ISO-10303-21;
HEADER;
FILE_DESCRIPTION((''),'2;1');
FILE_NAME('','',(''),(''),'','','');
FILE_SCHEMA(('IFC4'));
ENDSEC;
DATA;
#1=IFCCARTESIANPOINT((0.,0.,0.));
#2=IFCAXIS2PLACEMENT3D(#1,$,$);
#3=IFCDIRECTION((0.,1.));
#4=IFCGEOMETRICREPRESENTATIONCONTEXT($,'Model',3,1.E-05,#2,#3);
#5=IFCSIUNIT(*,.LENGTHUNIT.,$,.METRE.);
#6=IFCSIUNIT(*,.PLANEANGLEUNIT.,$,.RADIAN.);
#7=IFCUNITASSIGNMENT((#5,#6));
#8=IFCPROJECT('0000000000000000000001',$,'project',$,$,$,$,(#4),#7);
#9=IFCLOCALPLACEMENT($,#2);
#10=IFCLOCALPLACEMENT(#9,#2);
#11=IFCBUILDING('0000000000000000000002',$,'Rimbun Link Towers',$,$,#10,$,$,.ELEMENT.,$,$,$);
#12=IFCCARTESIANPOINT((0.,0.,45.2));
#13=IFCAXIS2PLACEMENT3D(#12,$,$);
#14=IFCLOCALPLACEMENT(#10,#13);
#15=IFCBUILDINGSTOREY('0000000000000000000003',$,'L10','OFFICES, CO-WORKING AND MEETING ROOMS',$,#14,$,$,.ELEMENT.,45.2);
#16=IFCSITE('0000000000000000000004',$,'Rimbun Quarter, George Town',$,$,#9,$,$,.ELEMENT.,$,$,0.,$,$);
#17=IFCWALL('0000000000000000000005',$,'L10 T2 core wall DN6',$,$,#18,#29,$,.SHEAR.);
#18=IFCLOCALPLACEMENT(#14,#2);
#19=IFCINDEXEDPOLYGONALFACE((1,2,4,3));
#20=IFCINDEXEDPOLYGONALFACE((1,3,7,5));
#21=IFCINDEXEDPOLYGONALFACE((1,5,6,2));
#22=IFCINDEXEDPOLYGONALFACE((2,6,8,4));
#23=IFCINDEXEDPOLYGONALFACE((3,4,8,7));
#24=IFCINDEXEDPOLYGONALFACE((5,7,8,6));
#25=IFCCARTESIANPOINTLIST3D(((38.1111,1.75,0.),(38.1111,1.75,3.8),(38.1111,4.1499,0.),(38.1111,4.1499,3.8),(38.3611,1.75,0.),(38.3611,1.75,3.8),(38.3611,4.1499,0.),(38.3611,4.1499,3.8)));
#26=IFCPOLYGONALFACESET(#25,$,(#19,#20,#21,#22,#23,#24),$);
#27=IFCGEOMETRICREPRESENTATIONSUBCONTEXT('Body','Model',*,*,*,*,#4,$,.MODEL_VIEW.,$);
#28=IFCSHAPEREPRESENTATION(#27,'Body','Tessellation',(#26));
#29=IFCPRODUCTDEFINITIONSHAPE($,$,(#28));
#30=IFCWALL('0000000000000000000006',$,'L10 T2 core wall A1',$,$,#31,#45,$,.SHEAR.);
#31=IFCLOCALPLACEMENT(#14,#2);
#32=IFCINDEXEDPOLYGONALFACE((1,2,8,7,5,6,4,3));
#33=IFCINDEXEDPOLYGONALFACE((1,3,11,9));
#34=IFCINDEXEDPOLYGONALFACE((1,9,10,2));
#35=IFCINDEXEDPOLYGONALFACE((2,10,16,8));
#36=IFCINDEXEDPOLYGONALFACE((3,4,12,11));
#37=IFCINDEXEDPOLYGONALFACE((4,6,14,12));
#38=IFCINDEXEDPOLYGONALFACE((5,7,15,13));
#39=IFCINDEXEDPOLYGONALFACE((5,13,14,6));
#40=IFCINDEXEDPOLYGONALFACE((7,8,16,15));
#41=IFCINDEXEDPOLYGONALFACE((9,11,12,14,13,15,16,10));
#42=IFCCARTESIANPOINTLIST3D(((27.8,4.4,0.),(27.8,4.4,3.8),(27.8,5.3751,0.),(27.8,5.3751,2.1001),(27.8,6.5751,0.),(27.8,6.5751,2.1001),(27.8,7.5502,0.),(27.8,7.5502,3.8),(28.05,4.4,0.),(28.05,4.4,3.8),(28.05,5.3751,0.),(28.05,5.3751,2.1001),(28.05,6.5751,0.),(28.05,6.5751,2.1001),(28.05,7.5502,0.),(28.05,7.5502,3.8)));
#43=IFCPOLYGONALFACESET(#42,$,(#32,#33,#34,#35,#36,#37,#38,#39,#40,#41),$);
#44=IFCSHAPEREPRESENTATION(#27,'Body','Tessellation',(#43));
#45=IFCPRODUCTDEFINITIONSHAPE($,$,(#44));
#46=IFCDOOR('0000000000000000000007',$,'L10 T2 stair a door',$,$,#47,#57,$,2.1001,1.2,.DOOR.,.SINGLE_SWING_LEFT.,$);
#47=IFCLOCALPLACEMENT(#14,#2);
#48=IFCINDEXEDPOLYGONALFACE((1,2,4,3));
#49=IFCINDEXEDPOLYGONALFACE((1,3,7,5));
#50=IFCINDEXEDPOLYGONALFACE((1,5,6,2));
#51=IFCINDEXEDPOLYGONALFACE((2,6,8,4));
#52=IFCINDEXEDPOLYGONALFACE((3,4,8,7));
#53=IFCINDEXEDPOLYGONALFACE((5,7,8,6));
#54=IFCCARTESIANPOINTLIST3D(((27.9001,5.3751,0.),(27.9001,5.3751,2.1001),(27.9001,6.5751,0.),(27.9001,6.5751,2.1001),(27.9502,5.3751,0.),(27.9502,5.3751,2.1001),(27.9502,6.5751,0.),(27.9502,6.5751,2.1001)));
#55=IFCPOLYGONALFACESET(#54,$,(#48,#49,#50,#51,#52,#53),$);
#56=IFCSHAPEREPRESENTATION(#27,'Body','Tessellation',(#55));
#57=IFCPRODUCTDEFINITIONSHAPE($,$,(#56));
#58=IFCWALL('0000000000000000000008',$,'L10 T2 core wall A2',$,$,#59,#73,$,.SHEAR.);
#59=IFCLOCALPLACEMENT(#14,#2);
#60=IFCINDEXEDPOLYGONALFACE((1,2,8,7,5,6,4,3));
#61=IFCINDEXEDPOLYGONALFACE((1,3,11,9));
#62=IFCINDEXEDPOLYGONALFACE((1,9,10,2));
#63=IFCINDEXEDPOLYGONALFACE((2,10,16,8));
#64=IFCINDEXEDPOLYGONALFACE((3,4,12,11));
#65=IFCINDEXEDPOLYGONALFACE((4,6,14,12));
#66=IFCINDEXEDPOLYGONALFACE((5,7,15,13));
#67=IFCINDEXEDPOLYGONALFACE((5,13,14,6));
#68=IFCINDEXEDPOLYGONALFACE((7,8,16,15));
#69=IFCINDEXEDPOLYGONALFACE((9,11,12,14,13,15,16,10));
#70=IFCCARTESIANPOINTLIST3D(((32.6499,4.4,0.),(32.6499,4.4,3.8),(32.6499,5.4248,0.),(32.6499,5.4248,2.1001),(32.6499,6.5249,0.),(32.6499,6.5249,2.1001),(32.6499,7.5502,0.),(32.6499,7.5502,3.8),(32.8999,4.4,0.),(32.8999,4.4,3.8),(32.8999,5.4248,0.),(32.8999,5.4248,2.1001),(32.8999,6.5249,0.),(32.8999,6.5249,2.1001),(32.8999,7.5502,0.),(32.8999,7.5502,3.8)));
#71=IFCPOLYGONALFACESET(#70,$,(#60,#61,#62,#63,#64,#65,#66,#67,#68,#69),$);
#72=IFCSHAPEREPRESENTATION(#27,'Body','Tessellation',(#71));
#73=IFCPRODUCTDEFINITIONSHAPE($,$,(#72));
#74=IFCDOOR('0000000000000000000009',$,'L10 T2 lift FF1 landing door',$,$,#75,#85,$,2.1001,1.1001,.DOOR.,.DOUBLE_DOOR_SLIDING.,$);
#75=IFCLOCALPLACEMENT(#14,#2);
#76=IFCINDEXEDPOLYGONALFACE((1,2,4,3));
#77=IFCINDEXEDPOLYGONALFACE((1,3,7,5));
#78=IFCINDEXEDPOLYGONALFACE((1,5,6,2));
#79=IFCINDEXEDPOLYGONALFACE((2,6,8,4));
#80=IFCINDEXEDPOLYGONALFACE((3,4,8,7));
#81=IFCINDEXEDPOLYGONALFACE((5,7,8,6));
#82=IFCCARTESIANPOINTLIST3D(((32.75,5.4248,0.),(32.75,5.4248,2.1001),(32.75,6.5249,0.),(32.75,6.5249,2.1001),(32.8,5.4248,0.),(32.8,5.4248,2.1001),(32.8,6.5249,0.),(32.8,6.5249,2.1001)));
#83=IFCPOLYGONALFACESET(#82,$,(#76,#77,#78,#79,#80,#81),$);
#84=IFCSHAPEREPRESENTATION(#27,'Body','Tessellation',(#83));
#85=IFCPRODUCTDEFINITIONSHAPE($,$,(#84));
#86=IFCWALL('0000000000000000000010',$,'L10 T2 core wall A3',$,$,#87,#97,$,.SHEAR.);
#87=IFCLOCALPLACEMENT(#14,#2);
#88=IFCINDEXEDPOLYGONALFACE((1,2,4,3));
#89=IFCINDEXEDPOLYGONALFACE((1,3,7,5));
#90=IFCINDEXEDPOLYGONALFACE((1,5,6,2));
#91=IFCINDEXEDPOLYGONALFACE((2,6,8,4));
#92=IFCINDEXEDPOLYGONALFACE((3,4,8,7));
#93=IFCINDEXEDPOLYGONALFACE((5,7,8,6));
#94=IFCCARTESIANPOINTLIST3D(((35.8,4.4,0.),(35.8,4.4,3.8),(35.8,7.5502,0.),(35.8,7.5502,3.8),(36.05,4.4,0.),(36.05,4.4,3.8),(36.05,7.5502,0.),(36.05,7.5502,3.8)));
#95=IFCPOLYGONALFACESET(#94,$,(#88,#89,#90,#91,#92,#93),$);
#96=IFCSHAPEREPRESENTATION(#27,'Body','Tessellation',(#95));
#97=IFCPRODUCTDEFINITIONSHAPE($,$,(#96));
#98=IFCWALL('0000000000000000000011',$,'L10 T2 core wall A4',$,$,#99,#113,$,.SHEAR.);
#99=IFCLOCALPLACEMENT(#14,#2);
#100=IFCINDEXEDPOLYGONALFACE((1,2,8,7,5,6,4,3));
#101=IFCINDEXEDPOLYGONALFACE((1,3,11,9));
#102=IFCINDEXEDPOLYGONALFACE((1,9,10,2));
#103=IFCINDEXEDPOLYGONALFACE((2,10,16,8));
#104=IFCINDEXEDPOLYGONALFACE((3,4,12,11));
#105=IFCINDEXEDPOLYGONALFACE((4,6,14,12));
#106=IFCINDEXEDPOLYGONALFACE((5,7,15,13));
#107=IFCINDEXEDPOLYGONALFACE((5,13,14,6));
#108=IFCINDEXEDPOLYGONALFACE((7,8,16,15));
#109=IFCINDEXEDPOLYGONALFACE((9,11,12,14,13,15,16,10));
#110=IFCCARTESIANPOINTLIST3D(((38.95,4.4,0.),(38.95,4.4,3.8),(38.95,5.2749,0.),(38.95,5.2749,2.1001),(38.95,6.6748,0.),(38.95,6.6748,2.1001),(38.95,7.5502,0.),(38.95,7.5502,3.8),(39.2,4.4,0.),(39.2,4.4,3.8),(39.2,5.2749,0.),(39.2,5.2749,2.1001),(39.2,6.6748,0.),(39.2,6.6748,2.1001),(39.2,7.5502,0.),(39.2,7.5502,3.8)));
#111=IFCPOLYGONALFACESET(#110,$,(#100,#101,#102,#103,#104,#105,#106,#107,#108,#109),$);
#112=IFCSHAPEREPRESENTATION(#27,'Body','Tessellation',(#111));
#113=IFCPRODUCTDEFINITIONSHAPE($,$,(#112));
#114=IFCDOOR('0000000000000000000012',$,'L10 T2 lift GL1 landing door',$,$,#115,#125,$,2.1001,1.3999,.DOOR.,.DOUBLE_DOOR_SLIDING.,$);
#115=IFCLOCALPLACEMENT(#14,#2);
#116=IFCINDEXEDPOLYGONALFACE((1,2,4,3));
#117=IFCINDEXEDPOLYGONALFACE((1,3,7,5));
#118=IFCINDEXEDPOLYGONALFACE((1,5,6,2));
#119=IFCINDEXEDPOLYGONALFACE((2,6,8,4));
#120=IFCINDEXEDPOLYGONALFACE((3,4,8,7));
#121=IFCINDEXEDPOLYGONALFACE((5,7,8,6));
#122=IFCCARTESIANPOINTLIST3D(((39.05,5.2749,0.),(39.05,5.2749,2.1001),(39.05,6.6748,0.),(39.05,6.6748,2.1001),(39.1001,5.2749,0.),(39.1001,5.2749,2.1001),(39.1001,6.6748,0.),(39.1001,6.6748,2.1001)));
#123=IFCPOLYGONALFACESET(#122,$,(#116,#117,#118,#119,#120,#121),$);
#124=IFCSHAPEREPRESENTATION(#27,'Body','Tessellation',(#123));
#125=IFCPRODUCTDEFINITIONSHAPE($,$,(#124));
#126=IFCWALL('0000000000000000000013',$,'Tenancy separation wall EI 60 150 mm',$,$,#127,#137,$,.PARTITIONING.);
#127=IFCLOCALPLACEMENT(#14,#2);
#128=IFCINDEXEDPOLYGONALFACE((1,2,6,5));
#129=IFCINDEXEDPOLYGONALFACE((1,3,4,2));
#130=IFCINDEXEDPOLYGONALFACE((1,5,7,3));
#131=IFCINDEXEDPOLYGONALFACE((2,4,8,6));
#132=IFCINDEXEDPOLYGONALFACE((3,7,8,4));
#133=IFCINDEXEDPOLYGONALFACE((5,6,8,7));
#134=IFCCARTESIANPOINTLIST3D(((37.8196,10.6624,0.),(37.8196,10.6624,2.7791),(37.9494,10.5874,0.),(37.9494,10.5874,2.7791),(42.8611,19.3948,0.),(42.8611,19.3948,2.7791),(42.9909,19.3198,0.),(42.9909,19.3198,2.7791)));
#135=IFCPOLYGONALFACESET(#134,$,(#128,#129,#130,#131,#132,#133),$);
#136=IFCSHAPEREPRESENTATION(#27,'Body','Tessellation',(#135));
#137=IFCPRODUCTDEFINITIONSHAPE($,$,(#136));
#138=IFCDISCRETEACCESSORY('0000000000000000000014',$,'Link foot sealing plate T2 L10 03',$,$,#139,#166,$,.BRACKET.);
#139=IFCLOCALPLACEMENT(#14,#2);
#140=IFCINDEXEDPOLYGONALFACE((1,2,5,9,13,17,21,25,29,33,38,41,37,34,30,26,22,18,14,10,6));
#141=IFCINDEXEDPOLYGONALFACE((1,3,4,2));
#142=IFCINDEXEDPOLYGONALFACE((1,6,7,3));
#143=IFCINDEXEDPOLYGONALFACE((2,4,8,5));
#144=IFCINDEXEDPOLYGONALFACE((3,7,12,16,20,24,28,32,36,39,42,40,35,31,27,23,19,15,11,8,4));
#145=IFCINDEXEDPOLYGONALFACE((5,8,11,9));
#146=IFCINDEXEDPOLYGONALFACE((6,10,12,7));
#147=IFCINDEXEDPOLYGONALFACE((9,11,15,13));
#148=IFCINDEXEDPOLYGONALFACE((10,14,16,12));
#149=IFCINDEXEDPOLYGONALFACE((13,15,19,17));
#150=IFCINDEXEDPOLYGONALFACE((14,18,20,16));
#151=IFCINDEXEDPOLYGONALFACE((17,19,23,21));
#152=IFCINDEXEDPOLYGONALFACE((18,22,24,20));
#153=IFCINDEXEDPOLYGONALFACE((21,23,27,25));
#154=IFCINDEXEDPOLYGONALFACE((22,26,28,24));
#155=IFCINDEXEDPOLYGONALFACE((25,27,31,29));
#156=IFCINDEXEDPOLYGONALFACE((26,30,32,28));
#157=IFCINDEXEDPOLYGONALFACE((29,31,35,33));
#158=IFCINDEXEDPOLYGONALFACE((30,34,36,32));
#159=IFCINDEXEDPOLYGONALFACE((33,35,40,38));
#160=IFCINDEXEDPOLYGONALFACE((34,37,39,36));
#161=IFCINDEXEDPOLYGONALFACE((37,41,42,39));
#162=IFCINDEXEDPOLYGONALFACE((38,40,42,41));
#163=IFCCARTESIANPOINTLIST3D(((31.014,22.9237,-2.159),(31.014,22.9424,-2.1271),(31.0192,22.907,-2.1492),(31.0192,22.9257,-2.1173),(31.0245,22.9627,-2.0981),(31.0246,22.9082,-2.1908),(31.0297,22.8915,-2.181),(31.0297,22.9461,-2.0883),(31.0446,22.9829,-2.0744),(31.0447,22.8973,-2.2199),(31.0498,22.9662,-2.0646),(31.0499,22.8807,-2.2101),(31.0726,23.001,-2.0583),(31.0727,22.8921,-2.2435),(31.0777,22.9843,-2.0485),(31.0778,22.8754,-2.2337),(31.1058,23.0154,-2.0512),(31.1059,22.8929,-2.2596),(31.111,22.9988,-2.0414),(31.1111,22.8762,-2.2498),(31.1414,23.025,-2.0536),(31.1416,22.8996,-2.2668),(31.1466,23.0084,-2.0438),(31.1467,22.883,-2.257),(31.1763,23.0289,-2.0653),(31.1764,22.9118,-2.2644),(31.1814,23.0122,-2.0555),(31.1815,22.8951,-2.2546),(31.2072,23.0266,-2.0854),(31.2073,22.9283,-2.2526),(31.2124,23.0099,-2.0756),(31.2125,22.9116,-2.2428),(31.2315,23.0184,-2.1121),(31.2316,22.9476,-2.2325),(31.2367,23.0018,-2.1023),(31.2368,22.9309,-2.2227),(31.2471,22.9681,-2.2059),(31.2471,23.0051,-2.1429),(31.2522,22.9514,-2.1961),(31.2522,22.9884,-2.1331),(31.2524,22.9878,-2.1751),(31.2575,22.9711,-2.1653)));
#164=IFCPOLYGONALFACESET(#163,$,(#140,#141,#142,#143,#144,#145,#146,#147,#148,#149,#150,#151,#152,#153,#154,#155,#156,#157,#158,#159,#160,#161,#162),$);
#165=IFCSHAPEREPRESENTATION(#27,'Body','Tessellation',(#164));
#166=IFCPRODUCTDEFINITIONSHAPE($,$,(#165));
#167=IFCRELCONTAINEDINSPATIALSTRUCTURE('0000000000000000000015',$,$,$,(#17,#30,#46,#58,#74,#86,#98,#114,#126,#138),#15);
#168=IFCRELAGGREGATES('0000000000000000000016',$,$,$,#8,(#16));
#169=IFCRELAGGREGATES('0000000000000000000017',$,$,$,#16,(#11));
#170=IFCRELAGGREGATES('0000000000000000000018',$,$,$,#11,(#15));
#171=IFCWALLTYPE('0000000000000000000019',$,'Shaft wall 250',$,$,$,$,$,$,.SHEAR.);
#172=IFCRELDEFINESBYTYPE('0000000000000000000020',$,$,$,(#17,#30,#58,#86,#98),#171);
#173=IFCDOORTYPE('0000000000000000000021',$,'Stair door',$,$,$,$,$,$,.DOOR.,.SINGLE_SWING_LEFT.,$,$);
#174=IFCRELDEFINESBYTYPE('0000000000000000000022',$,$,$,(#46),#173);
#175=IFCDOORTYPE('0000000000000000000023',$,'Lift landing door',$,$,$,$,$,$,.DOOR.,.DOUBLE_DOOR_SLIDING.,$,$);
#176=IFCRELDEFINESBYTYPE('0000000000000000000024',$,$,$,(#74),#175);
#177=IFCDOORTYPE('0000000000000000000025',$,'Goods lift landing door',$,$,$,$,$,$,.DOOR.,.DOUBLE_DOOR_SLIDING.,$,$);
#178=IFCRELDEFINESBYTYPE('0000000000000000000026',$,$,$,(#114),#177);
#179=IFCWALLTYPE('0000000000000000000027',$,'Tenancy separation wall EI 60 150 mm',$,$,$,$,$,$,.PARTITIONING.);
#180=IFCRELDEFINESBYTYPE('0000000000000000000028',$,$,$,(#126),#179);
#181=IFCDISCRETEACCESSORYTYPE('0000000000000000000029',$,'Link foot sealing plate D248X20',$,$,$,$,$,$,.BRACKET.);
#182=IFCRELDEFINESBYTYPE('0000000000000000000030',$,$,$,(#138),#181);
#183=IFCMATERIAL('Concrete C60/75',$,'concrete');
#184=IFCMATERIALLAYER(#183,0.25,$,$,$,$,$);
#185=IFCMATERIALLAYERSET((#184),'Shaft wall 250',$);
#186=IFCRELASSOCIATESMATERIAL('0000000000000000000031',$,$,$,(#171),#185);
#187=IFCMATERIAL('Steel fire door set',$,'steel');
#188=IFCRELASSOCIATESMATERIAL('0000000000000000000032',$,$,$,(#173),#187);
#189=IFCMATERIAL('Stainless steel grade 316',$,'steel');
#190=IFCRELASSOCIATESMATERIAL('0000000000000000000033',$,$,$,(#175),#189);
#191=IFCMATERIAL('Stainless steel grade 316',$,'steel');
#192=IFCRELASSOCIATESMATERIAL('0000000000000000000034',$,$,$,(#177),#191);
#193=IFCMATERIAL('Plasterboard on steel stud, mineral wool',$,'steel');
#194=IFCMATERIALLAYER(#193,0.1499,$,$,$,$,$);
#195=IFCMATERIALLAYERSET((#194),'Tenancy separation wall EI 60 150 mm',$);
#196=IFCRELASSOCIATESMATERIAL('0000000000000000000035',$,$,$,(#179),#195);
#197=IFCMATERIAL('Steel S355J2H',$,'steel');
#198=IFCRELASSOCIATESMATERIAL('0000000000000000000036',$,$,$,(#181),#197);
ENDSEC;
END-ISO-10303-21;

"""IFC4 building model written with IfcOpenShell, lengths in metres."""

from ifc_helpers import new_model, si_unit, direction, frame, frame_2d, origin, origin_2d, place, context, subcontext, project, spatial, rectangle, circle, extrude, material, layer, layer_set, material_profile, profile_set, type_object, element, fill, save


model = new_model("IFC4")

# Units and contexts
model_context = context("Model", 3, precision=1e-05, world=origin(), true_north=direction((0.0, 1.0)))
body_context = subcontext(model_context, "Body", "Model", "MODEL_VIEW")
ifc_project = project(units=[si_unit("LENGTHUNIT", "METRE"), si_unit("PLANEANGLEUNIT", "RADIAN")], contexts=[model_context])

# Site, building, storey
site_placement = place(None, origin())
site = spatial("IfcSite", under=ifc_project, at=site_placement, Name="Rimbun Quarter, George Town", CompositionType="ELEMENT", RefElevation=0.0)
building_placement = place(site_placement, origin())
building = spatial("IfcBuilding", under=site, at=building_placement, Name="Rimbun Link Towers", CompositionType="ELEMENT")
storey_placement = place(building_placement, frame((0.0, 0.0, 45.2)))
storey = spatial("IfcBuildingStorey", under=building, at=storey_placement, Name="L10", Description="OFFICES, CO-WORKING AND MEETING ROOMS", CompositionType="ELEMENT", Elevation=45.2)

# Wall
ifc_material_1 = material(Name="Concrete C60/75", Category="concrete")
ifc_layer_1 = layer(ifc_material_1, 0.25)
ifc_layer_set_1 = layer_set([ifc_layer_1], Name="Shaft wall 250")
wall_type_1 = type_object("IfcWallType", Name="Shaft wall 250", PredefinedType="SHEAR", material=ifc_layer_set_1)
for number, where, z_axis, x_axis, name in (
    (1, (38.2361, 1.75, 0.0), (0.0, 0.0, 1.0), (0.0, 1.0, 0.0), "L10 T2 core wall DN6"),
):
    element("IfcWall", number, at=place(storey_placement, frame(where, z_axis=z_axis, x_axis=x_axis)), inside=storey, type_object=wall_type_1, Name=name, PredefinedType="SHEAR", context=body_context, shape_type="SweptSolid", body=[
        extrude(rectangle(XDim=2.3999, YDim=0.25, at=frame_2d((1.2, 0.0))), origin(), (0.0, 0.0, 1.0), 3.8),
    ])

# Walls, openings, doors
wall_1_placement = place(storey_placement, frame((27.925, 4.3999, 0.0), z_axis=(0.0, 0.0, 1.0), x_axis=(0.0, 1.0, 0.0)))
wall_1 = element("IfcWall", 2, at=wall_1_placement, inside=storey, type_object=wall_type_1, Name="L10 T2 core wall A1", PredefinedType="SHEAR", context=body_context, shape_type="SweptSolid", body=[
    extrude(rectangle(XDim=3.1501, YDim=0.25, at=frame_2d((1.5752, 0.0))), origin(), (0.0, 0.0, 1.0), 3.8),
])
opening_1_placement = place(wall_1_placement, frame((0.9751, 0.0, 0.0)))
opening_1 = element("IfcOpeningElement", 3, at=opening_1_placement, cuts=wall_1, PredefinedType="OPENING", context=body_context, shape_type="SweptSolid", body=[
    extrude(rectangle(XDim=1.2, YDim=2.1001, at=frame_2d((0.6001, 1.05))), frame((0.0, 0.135, 0.0), z_axis=(0.0, -1.0, 0.0), x_axis=(1.0, 0.0, 0.0)), (0.0, 0.0, 1.0), 0.27),
])
ifc_material_2 = material(Name="Steel fire door set", Category="steel")
door_type_1 = type_object("IfcDoorType", Name="Stair door", OperationType="SINGLE_SWING_LEFT", PredefinedType="DOOR", material=ifc_material_2)
door_1_placement = place(opening_1_placement, origin())
door_1 = element("IfcDoor", 4, at=door_1_placement, inside=storey, type_object=door_type_1, Name="L10 T2 stair a door", OperationType="SINGLE_SWING_LEFT", OverallHeight=2.1001, OverallWidth=1.2, PredefinedType="DOOR", context=body_context, shape_type="SweptSolid", body=[
    extrude(rectangle(XDim=1.2, YDim=2.1001, at=frame_2d((0.6001, 1.05))), frame((0.0, 0.0249, 0.0), z_axis=(0.0, -1.0, 0.0), x_axis=(1.0, 0.0, 0.0)), (0.0, 0.0, 1.0), 0.05),
])
fill(opening_1, door_1)
wall_2_placement = place(storey_placement, frame((32.7749, 4.3999, 0.0), z_axis=(0.0, 0.0, 1.0), x_axis=(0.0, 1.0, 0.0)))
wall_2 = element("IfcWall", 5, at=wall_2_placement, inside=storey, type_object=wall_type_1, Name="L10 T2 core wall A2", PredefinedType="SHEAR", context=body_context, shape_type="SweptSolid", body=[
    extrude(rectangle(XDim=3.1501, YDim=0.25, at=frame_2d((1.5752, 0.0))), origin(), (0.0, 0.0, 1.0), 3.8),
])
opening_2_placement = place(wall_2_placement, frame((1.0249, 0.0, 0.0)))
opening_2 = element("IfcOpeningElement", 6, at=opening_2_placement, cuts=wall_2, PredefinedType="OPENING", context=body_context, shape_type="SweptSolid", body=[
    extrude(rectangle(XDim=1.1001, YDim=2.1001, at=frame_2d((0.55, 1.05))), frame((0.0, 0.135, 0.0), z_axis=(0.0, -1.0, 0.0), x_axis=(1.0, 0.0, 0.0)), (0.0, 0.0, 1.0), 0.27),
])
ifc_material_3 = material(Name="Stainless steel grade 316", Category="steel")
door_type_2 = type_object("IfcDoorType", Name="Lift landing door", OperationType="DOUBLE_DOOR_SLIDING", PredefinedType="DOOR", material=ifc_material_3)
door_2_placement = place(opening_2_placement, origin())
door_2 = element("IfcDoor", 7, at=door_2_placement, inside=storey, type_object=door_type_2, Name="L10 T2 lift FF1 landing door", OperationType="DOUBLE_DOOR_SLIDING", OverallHeight=2.1001, OverallWidth=1.1001, PredefinedType="DOOR", context=body_context, shape_type="SweptSolid", body=[
    extrude(rectangle(XDim=1.1001, YDim=2.1001, at=frame_2d((0.55, 1.05))), frame((0.0, 0.0249, 0.0), z_axis=(0.0, -1.0, 0.0), x_axis=(1.0, 0.0, 0.0)), (0.0, 0.0, 1.0), 0.05),
])
fill(opening_2, door_2)

# Wall
wall_3_placement = place(storey_placement, frame((35.925, 4.3999, 0.0), z_axis=(0.0, 0.0, 1.0), x_axis=(0.0, 1.0, 0.0)))
element("IfcWall", 8, at=wall_3_placement, inside=storey, type_object=wall_type_1, Name="L10 T2 core wall A3", PredefinedType="SHEAR", context=body_context, shape_type="SweptSolid", body=[
    extrude(rectangle(XDim=3.1501, YDim=0.25, at=frame_2d((1.5752, 0.0))), origin(), (0.0, 0.0, 1.0), 3.8),
])

# Wall, opening, door
wall_4_placement = place(storey_placement, frame((39.075, 4.3999, 0.0), z_axis=(0.0, 0.0, 1.0), x_axis=(0.0, 1.0, 0.0)))
wall_4 = element("IfcWall", 9, at=wall_4_placement, inside=storey, type_object=wall_type_1, Name="L10 T2 core wall A4", PredefinedType="SHEAR", context=body_context, shape_type="SweptSolid", body=[
    extrude(rectangle(XDim=3.1501, YDim=0.25, at=frame_2d((1.5752, 0.0))), origin(), (0.0, 0.0, 1.0), 3.8),
])
opening_3_placement = place(wall_4_placement, frame((0.875, 0.0, 0.0)))
opening_3 = element("IfcOpeningElement", 10, at=opening_3_placement, cuts=wall_4, PredefinedType="OPENING", context=body_context, shape_type="SweptSolid", body=[
    extrude(rectangle(XDim=1.3999, YDim=2.1001, at=frame_2d((0.7, 1.05))), frame((0.0, 0.135, 0.0), z_axis=(0.0, -1.0, 0.0), x_axis=(1.0, 0.0, 0.0)), (0.0, 0.0, 1.0), 0.27),
])
ifc_material_4 = material(Name="Stainless steel grade 316", Category="steel")
door_type_3 = type_object("IfcDoorType", Name="Goods lift landing door", OperationType="DOUBLE_DOOR_SLIDING", PredefinedType="DOOR", material=ifc_material_4)
door_3_placement = place(opening_3_placement, origin())
door_3 = element("IfcDoor", 11, at=door_3_placement, inside=storey, type_object=door_type_3, Name="L10 T2 lift GL1 landing door", OperationType="DOUBLE_DOOR_SLIDING", OverallHeight=2.1001, OverallWidth=1.3999, PredefinedType="DOOR", context=body_context, shape_type="SweptSolid", body=[
    extrude(rectangle(XDim=1.3999, YDim=2.1001, at=frame_2d((0.7, 1.05))), frame((0.0, 0.0249, 0.0), z_axis=(0.0, -1.0, 0.0), x_axis=(1.0, 0.0, 0.0)), (0.0, 0.0, 1.0), 0.05),
])
fill(opening_3, door_3)

# Wall
ifc_material_5 = material(Name="Plasterboard on steel stud, mineral wool", Category="steel")
ifc_layer_2 = layer(ifc_material_5, 0.1499)
ifc_layer_set_2 = layer_set([ifc_layer_2], Name="Tenancy separation wall EI 60 150 mm")
wall_type_2 = type_object("IfcWallType", Name="Tenancy separation wall EI 60 150 mm", PredefinedType="PARTITIONING", material=ifc_layer_set_2)
wall_5_placement = place(storey_placement, frame((37.8845, 10.625, 0.0), z_axis=(0.0, 0.0, 1.0), x_axis=(0.499988, 0.866032, 0.0)))
element("IfcWall", 12, at=wall_5_placement, inside=storey, type_object=wall_type_2, Name="Tenancy separation wall EI 60 150 mm", PredefinedType="PARTITIONING", context=body_context, shape_type="SweptSolid", body=[
    extrude(rectangle(XDim=10.0833, YDim=0.1499, at=frame_2d((5.0415, 0.0))), origin(), (0.0, 0.0, 1.0), 2.7791),
])

# Discrete accessory
ifc_material_6 = material(Name="Steel S355J2H", Category="steel")
ifc_material_profile_1 = material_profile(ifc_material_6, circle(Radius=0.124, at=origin_2d()), Name="PL D248")
ifc_profile_set_1 = profile_set([ifc_material_profile_1], Name="Steel S355J2H")
discrete_accessory_type = type_object("IfcDiscreteAccessoryType", Name="Link foot sealing plate D248X20", PredefinedType="BRACKET", material=ifc_profile_set_1)
discrete_accessory_placement = place(storey_placement, frame((31.1377, 22.9436, -2.1492), z_axis=(-0.257229, 0.832931, -0.489959), x_axis=(-0.955475, -0.295073, 0.0)))
element("IfcDiscreteAccessory", 13, at=discrete_accessory_placement, inside=storey, type_object=discrete_accessory_type, Name="Link foot sealing plate T2 L10 03", PredefinedType="BRACKET", context=body_context, shape_type="SweptSolid", body=[
    extrude(circle(Radius=0.124, at=origin_2d()), origin(), (0.0, 0.0, 1.0), 0.02),
])

save(model, "model.ifc")
